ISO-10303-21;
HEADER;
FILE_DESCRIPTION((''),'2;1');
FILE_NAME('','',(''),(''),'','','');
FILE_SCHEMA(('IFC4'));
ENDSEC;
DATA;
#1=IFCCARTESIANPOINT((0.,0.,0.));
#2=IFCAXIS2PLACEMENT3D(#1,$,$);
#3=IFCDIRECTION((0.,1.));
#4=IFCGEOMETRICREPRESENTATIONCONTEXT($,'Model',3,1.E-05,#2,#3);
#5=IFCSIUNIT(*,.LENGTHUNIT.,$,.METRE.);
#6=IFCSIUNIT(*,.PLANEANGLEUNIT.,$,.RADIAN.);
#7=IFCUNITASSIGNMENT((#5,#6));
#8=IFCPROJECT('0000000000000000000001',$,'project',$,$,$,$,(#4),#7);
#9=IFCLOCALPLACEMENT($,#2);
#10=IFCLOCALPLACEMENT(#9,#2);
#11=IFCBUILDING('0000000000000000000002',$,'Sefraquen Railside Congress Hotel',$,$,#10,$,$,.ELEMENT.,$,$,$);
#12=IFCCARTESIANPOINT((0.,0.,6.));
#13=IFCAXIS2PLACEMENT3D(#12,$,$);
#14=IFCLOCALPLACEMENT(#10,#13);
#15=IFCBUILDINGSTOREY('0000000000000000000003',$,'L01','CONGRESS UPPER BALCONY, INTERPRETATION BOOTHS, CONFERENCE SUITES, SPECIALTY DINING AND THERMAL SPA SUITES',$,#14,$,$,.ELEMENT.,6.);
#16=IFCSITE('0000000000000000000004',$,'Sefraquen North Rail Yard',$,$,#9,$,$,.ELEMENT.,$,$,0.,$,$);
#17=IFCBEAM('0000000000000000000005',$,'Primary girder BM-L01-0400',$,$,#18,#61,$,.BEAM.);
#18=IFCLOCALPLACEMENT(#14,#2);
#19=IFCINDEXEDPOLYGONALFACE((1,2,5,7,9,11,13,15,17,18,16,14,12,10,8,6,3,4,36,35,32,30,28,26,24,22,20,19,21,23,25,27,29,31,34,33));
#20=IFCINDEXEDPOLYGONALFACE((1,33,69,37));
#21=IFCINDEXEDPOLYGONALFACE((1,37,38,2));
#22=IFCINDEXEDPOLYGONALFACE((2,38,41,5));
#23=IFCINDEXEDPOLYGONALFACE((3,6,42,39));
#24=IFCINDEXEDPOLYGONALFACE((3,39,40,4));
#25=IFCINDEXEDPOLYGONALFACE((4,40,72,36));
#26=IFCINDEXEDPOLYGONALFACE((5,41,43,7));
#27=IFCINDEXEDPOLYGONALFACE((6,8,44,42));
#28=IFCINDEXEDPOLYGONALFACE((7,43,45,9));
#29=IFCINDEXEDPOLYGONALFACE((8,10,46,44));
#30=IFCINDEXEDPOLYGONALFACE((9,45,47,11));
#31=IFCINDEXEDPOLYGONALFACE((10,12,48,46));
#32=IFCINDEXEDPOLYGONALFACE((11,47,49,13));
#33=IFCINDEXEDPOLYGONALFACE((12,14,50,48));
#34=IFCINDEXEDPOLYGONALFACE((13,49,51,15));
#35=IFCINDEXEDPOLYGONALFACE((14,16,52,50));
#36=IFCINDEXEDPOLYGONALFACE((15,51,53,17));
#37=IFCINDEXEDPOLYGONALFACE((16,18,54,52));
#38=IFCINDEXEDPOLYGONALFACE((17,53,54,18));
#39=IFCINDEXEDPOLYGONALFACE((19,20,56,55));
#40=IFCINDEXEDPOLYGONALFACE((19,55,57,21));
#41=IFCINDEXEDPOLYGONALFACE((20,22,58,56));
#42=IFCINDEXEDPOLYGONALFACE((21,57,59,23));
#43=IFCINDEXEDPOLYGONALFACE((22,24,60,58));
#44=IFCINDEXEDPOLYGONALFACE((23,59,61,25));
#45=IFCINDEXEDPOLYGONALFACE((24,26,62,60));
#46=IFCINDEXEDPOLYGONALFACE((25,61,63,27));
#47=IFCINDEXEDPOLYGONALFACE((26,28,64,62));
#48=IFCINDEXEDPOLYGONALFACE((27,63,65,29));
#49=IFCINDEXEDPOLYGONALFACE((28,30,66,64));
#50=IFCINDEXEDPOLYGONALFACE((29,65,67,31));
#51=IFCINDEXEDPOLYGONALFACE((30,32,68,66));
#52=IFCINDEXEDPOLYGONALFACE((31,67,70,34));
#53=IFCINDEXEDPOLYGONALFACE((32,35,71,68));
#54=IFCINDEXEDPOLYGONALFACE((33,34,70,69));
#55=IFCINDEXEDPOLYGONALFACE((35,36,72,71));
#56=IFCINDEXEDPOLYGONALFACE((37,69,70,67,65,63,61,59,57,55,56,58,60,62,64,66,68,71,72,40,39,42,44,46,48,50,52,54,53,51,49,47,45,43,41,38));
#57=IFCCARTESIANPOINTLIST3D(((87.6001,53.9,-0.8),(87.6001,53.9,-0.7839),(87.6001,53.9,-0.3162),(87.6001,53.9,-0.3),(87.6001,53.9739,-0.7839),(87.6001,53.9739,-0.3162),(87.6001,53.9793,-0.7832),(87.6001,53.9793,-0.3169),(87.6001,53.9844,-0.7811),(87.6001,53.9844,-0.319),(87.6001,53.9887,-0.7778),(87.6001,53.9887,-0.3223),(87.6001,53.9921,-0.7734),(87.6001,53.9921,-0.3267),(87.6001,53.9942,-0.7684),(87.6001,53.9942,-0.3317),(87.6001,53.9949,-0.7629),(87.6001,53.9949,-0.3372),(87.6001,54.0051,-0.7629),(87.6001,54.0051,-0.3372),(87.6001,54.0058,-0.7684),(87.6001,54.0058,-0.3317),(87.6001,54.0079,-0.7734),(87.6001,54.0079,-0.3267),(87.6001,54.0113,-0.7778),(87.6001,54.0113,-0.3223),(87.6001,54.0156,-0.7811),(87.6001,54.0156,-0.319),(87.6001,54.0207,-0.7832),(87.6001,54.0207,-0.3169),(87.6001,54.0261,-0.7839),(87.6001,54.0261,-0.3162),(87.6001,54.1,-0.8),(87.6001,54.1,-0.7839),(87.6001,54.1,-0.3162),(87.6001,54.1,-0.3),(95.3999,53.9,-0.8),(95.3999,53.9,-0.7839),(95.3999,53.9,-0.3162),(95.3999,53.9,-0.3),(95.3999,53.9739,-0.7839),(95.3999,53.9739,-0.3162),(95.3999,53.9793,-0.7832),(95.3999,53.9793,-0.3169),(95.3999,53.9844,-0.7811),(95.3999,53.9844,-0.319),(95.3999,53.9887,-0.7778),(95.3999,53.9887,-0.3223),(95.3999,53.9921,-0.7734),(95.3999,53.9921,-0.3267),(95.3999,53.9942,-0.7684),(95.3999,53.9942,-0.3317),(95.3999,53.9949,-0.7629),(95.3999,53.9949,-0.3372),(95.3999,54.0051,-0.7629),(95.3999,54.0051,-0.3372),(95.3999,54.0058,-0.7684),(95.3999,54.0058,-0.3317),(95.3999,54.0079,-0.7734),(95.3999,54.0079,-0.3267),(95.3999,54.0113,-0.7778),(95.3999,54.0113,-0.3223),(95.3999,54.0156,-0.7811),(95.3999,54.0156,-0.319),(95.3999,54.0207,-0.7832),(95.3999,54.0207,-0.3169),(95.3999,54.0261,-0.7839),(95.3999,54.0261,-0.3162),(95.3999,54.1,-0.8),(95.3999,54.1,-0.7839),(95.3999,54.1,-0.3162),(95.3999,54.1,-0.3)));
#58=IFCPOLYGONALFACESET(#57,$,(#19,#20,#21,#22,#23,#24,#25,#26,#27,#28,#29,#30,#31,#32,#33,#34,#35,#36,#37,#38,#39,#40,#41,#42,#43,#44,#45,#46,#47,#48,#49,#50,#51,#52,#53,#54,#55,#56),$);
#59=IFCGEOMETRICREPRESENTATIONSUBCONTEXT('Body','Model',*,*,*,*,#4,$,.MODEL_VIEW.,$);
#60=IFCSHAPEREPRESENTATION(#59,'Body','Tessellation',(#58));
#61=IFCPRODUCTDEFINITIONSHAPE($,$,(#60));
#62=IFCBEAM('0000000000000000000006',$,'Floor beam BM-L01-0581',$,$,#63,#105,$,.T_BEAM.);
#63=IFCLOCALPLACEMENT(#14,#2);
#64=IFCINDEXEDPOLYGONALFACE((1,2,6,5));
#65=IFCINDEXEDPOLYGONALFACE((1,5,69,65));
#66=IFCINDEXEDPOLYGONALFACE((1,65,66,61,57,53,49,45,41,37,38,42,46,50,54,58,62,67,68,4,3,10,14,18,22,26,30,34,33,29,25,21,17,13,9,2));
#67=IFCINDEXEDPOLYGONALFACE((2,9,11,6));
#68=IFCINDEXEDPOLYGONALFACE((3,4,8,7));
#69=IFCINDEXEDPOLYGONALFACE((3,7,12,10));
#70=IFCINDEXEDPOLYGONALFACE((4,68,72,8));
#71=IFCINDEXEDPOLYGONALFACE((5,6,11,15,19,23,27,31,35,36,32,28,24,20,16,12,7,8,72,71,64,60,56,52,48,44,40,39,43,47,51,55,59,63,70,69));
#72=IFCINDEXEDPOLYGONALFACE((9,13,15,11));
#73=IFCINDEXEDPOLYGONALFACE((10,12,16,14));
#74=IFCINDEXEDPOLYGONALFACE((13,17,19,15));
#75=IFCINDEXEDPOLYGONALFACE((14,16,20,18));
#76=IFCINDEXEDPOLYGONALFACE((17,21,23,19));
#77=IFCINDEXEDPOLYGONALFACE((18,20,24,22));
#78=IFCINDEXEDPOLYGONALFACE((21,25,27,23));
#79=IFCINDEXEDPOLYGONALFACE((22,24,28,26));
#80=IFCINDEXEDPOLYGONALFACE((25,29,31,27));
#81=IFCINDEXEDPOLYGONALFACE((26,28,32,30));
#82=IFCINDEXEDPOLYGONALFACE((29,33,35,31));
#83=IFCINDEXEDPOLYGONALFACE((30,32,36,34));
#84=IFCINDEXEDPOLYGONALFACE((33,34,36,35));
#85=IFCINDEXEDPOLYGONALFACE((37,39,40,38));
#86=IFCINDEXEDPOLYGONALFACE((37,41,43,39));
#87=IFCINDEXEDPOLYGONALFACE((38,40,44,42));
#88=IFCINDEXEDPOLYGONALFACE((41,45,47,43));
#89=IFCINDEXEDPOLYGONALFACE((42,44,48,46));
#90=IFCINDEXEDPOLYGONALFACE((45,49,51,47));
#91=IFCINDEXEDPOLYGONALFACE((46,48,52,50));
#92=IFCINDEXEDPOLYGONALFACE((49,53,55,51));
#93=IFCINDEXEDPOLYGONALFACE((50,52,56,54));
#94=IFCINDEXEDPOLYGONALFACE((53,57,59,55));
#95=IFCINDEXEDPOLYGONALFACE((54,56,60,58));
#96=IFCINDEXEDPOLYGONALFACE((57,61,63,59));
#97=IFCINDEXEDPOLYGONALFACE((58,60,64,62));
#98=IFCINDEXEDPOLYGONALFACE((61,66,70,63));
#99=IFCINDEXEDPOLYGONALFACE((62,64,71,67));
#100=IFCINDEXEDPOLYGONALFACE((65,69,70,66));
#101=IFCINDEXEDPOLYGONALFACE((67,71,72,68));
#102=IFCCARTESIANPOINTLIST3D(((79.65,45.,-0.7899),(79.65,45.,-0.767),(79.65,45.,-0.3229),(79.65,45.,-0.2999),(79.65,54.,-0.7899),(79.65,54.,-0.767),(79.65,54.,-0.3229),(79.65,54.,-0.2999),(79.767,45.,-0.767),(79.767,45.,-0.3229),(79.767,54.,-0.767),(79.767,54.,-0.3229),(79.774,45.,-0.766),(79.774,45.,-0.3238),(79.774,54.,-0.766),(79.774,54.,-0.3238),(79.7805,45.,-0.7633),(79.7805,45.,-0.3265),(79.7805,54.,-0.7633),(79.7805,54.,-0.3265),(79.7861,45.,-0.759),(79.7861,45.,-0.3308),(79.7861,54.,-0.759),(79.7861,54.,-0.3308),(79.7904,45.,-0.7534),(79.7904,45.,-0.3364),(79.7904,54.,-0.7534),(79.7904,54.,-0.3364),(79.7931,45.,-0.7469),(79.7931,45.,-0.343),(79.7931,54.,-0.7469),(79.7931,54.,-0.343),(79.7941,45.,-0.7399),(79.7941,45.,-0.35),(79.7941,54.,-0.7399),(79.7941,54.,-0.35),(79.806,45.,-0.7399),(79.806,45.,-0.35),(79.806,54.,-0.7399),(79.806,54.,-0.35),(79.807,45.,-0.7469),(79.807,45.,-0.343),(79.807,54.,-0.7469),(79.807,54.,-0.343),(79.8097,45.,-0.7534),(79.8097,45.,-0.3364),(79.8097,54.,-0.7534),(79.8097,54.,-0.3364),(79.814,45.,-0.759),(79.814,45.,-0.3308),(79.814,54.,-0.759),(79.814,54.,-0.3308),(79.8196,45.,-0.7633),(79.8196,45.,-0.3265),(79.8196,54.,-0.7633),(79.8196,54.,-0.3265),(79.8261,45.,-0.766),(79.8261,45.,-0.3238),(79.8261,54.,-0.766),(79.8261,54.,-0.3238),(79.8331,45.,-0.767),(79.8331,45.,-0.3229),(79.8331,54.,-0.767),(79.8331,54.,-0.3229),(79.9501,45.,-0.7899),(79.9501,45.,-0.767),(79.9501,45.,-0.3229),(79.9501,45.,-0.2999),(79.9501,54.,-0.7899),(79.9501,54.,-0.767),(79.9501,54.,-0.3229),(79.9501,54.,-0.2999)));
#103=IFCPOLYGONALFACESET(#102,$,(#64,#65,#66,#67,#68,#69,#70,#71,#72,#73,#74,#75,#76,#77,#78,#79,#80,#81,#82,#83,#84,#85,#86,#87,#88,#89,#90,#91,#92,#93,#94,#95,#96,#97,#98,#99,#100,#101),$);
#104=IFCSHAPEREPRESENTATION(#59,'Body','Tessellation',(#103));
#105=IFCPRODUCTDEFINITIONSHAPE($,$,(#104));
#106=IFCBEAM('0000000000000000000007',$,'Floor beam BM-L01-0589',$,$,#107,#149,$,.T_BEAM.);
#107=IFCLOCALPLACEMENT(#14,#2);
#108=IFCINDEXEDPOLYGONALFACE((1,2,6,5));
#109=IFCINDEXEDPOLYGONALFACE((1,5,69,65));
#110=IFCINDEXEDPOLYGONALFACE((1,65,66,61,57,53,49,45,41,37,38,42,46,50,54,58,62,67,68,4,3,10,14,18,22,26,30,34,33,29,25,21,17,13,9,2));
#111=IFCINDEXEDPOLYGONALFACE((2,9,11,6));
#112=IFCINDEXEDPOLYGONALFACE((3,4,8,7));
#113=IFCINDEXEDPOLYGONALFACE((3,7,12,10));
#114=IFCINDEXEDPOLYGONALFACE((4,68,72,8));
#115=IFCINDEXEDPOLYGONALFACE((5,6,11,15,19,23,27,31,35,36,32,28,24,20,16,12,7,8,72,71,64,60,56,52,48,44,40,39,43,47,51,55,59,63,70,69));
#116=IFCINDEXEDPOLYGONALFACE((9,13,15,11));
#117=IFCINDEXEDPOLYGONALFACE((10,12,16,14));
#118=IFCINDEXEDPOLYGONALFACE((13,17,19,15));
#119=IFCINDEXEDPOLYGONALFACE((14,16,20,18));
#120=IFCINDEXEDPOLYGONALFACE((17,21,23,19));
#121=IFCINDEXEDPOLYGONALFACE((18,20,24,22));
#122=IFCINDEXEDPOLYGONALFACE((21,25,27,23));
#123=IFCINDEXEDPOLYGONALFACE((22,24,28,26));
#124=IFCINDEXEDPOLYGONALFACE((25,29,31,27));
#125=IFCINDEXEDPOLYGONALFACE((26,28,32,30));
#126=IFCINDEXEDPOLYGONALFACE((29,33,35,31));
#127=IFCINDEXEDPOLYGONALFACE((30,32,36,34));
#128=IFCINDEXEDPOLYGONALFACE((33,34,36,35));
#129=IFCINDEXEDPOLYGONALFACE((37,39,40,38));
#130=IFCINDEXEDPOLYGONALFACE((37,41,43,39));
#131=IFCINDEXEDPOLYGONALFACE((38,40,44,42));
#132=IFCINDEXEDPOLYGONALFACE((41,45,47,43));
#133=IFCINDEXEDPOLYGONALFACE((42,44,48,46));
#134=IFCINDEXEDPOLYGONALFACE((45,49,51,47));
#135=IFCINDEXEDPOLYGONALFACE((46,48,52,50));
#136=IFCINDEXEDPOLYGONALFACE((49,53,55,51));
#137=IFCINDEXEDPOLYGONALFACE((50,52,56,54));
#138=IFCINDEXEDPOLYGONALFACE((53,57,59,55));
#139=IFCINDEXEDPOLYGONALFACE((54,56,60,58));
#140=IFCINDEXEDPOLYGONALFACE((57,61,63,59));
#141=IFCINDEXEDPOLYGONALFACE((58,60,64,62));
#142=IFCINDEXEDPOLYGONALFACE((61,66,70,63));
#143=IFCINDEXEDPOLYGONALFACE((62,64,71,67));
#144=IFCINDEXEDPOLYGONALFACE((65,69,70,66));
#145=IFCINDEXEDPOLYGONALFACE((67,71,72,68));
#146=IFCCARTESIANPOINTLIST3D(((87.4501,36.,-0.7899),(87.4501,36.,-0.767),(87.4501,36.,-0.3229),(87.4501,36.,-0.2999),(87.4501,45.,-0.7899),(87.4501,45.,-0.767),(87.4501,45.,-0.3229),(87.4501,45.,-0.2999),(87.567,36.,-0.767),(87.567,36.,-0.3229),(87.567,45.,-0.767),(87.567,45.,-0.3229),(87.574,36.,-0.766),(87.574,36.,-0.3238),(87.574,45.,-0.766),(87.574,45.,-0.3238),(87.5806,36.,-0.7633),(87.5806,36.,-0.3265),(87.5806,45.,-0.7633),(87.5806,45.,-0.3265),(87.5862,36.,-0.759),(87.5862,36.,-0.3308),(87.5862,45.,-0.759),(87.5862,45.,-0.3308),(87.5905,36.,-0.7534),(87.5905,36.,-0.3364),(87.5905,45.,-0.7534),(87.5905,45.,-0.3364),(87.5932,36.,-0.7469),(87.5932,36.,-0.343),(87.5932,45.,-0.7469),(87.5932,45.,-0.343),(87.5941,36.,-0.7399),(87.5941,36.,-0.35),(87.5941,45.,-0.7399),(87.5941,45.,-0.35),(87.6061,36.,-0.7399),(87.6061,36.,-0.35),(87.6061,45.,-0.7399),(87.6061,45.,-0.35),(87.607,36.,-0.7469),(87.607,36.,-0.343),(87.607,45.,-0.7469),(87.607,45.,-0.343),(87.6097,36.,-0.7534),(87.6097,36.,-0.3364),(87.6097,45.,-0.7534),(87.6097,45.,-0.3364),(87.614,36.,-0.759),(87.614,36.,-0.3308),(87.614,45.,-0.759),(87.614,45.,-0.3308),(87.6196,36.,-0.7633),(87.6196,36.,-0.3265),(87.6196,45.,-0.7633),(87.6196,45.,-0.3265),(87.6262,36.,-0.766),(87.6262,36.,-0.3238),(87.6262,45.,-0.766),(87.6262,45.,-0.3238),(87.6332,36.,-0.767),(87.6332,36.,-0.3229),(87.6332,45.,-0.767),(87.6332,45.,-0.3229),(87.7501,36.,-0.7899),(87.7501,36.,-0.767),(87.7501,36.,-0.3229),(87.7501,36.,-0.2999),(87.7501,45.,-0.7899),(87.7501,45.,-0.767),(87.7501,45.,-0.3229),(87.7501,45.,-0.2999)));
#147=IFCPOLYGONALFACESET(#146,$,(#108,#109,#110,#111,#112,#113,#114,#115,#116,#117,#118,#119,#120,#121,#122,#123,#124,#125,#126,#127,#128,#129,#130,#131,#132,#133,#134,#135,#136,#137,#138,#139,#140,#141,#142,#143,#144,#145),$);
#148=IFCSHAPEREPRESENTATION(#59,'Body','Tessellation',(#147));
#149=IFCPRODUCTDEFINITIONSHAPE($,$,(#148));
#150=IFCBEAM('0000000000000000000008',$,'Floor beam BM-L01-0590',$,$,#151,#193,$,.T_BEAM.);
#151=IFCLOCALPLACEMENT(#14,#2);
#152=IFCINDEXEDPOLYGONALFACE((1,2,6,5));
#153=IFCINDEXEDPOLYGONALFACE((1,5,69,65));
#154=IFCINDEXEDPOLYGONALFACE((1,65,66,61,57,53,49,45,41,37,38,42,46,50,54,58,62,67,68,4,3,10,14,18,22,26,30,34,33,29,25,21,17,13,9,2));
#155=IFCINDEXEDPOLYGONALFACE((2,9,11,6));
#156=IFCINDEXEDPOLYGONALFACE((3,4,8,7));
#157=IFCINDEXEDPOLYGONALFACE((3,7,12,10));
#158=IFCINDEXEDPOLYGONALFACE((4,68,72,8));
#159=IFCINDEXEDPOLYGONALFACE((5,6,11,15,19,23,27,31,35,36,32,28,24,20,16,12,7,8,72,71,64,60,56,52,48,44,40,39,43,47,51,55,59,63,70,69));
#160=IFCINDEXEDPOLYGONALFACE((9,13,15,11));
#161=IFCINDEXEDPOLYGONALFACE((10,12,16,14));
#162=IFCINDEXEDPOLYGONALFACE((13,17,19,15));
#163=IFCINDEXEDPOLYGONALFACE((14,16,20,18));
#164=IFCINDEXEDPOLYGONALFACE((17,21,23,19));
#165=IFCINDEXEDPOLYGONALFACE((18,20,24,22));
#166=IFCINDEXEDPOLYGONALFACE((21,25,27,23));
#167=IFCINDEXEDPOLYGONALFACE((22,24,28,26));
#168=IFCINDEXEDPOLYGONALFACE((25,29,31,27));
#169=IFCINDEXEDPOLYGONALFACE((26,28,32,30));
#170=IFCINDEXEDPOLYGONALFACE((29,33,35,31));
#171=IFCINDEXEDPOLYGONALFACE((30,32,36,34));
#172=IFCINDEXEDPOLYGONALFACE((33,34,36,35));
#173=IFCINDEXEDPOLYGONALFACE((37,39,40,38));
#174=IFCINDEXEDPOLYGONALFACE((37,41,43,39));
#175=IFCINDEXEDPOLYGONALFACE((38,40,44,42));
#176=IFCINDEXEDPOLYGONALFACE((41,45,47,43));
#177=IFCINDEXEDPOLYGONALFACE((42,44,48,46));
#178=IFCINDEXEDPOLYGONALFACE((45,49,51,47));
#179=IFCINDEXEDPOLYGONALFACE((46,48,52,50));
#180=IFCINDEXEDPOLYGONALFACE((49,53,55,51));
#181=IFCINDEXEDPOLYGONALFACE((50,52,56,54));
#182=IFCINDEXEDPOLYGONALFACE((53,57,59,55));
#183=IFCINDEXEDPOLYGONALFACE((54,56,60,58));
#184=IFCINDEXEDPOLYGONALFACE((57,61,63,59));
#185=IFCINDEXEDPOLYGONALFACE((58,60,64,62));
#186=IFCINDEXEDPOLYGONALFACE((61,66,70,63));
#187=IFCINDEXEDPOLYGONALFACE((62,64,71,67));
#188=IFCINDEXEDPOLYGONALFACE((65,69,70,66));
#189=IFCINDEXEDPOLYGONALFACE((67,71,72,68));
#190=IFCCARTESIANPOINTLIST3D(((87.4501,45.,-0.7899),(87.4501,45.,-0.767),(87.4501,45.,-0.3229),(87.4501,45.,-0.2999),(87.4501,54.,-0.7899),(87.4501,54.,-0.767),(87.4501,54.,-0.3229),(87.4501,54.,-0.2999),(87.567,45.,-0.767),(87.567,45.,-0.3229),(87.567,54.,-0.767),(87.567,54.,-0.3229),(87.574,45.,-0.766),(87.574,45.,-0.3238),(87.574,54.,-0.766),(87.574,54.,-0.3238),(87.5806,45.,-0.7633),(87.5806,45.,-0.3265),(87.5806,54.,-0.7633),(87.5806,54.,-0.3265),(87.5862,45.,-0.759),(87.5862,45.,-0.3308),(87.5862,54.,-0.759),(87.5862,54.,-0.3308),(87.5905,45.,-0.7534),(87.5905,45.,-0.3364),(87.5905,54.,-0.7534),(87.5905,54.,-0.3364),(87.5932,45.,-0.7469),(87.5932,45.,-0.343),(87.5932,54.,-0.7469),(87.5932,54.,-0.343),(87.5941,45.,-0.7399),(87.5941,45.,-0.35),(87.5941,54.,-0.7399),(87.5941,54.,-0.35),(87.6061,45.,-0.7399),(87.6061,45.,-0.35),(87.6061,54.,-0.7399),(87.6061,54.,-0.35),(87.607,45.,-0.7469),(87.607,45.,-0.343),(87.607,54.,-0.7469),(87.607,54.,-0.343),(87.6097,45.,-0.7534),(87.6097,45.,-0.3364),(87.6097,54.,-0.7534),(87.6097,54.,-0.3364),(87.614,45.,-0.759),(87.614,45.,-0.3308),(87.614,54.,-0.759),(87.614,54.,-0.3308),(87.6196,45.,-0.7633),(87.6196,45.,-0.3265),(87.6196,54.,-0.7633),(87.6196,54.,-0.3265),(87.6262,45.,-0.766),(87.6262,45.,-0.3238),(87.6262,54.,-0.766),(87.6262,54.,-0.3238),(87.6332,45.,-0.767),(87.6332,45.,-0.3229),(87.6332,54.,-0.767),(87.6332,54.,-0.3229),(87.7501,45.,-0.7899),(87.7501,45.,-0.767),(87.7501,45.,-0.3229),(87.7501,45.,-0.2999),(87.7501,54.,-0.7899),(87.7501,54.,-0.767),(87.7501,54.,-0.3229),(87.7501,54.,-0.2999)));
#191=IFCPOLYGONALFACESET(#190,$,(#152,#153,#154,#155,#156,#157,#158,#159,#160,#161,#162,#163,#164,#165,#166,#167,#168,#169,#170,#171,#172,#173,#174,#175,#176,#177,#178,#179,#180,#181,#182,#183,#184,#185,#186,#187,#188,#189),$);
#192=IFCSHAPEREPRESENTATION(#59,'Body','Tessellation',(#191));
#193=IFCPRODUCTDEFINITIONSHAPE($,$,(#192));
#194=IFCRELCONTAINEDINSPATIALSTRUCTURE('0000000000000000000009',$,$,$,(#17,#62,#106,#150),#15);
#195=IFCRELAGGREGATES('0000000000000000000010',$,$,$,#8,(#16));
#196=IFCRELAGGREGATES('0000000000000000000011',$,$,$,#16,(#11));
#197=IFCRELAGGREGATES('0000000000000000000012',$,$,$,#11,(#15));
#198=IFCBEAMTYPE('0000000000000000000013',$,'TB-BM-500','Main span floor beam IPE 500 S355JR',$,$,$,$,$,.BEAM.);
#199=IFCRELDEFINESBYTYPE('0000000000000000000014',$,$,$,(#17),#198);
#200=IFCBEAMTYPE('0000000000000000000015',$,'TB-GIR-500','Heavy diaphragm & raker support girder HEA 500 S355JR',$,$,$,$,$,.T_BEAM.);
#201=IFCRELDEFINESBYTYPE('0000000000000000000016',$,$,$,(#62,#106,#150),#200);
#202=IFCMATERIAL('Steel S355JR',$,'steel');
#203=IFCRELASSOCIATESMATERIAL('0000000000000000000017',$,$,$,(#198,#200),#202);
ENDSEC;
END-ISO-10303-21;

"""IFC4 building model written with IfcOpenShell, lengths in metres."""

from ifc_helpers import new_model, si_unit, direction, frame, origin, origin_2d, place, context, subcontext, project, spatial, i_section, extrude, material, material_profile, profile_set, type_object, element, save


model = new_model("IFC4")

# Units and contexts
model_context = context("Model", 3, precision=1e-05, world=origin(), true_north=direction((0.0, 1.0)))
body_context = subcontext(model_context, "Body", "Model", "MODEL_VIEW")
ifc_project = project(units=[si_unit("LENGTHUNIT", "METRE"), si_unit("PLANEANGLEUNIT", "RADIAN")], contexts=[model_context])

# Site, building, storey
site_placement = place(None, origin())
site = spatial("IfcSite", under=ifc_project, at=site_placement, Name="Sefraquen North Rail Yard", CompositionType="ELEMENT", RefElevation=0.0)
building_placement = place(site_placement, origin())
building = spatial("IfcBuilding", under=site, at=building_placement, Name="Sefraquen Railside Congress Hotel", CompositionType="ELEMENT")
storey_placement = place(building_placement, frame((0.0, 0.0, 6.0)))
storey = spatial("IfcBuildingStorey", under=building, at=storey_placement, Name="L01", Description="CONGRESS UPPER BALCONY, INTERPRETATION BOOTHS, CONFERENCE SUITES, SPECIALTY DINING AND THERMAL SPA SUITES", CompositionType="ELEMENT", Elevation=6.0)

# Shared definitions
ifc_material_1 = material(Name="Steel S355JR", Category="steel")

# Beams
ifc_material_profile_1 = material_profile(ifc_material_1, i_section(OverallWidth=0.2, OverallDepth=0.5, WebThickness=0.0103, FlangeThickness=0.0161, FilletRadius=0.021, at=origin_2d()), Name="IPE 500")
ifc_profile_set_1 = profile_set([ifc_material_profile_1], Name="Steel S355JR")
beam_type_1 = type_object("IfcBeamType", Name="TB-BM-500", Description="Main span floor beam IPE 500 S355JR", PredefinedType="BEAM", material=ifc_profile_set_1)
beam_1_placement = place(storey_placement, frame((87.6001, 54.0, -0.55), z_axis=(1.0, 0.0, 0.0), x_axis=(0.0, 1.0, 0.0)))
element("IfcBeam", 1, at=beam_1_placement, inside=storey, type_object=beam_type_1, Name="Primary girder BM-L01-0400", PredefinedType="BEAM", context=body_context, shape_type="SweptSolid", body=[
    extrude(i_section(OverallWidth=0.2, OverallDepth=0.5, WebThickness=0.0103, FlangeThickness=0.0161, FilletRadius=0.021, at=origin_2d()), origin(), (0.0, 0.0, 1.0), 7.7998),
])
ifc_material_profile_2 = material_profile(ifc_material_1, i_section(OverallWidth=0.3, OverallDepth=0.49, WebThickness=0.012, FlangeThickness=0.0229, FilletRadius=0.0271, at=origin_2d()), Name="HEA 500")
ifc_profile_set_2 = profile_set([ifc_material_profile_2], Name="Steel S355JR")
beam_type_2 = type_object("IfcBeamType", Name="TB-GIR-500", Description="Heavy diaphragm & raker support girder HEA 500 S355JR", PredefinedType="T_BEAM", material=ifc_profile_set_2)
for number, where, z_axis, x_axis, name in (
    (2, (79.8, 45.0, -0.5449), (0.0, 1.0, 0.0), (-1.0, 0.0, 0.0), "Floor beam BM-L01-0581"),
    (3, (87.6001, 36.0, -0.5449), (0.0, 1.0, 0.0), (-1.0, 0.0, 0.0), "Floor beam BM-L01-0589"),
    (4, (87.6001, 45.0, -0.5449), (0.0, 1.0, 0.0), (-1.0, 0.0, 0.0), "Floor beam BM-L01-0590"),
):
    element("IfcBeam", number, at=place(storey_placement, frame(where, z_axis=z_axis, x_axis=x_axis)), inside=storey, type_object=beam_type_2, Name=name, PredefinedType="T_BEAM", context=body_context, shape_type="SweptSolid", body=[
        extrude(i_section(OverallWidth=0.3, OverallDepth=0.49, WebThickness=0.012, FlangeThickness=0.0229, FilletRadius=0.0271, at=origin_2d()), origin(), (0.0, 0.0, 1.0), 9.0),
    ])

save(model, "model.ifc")
